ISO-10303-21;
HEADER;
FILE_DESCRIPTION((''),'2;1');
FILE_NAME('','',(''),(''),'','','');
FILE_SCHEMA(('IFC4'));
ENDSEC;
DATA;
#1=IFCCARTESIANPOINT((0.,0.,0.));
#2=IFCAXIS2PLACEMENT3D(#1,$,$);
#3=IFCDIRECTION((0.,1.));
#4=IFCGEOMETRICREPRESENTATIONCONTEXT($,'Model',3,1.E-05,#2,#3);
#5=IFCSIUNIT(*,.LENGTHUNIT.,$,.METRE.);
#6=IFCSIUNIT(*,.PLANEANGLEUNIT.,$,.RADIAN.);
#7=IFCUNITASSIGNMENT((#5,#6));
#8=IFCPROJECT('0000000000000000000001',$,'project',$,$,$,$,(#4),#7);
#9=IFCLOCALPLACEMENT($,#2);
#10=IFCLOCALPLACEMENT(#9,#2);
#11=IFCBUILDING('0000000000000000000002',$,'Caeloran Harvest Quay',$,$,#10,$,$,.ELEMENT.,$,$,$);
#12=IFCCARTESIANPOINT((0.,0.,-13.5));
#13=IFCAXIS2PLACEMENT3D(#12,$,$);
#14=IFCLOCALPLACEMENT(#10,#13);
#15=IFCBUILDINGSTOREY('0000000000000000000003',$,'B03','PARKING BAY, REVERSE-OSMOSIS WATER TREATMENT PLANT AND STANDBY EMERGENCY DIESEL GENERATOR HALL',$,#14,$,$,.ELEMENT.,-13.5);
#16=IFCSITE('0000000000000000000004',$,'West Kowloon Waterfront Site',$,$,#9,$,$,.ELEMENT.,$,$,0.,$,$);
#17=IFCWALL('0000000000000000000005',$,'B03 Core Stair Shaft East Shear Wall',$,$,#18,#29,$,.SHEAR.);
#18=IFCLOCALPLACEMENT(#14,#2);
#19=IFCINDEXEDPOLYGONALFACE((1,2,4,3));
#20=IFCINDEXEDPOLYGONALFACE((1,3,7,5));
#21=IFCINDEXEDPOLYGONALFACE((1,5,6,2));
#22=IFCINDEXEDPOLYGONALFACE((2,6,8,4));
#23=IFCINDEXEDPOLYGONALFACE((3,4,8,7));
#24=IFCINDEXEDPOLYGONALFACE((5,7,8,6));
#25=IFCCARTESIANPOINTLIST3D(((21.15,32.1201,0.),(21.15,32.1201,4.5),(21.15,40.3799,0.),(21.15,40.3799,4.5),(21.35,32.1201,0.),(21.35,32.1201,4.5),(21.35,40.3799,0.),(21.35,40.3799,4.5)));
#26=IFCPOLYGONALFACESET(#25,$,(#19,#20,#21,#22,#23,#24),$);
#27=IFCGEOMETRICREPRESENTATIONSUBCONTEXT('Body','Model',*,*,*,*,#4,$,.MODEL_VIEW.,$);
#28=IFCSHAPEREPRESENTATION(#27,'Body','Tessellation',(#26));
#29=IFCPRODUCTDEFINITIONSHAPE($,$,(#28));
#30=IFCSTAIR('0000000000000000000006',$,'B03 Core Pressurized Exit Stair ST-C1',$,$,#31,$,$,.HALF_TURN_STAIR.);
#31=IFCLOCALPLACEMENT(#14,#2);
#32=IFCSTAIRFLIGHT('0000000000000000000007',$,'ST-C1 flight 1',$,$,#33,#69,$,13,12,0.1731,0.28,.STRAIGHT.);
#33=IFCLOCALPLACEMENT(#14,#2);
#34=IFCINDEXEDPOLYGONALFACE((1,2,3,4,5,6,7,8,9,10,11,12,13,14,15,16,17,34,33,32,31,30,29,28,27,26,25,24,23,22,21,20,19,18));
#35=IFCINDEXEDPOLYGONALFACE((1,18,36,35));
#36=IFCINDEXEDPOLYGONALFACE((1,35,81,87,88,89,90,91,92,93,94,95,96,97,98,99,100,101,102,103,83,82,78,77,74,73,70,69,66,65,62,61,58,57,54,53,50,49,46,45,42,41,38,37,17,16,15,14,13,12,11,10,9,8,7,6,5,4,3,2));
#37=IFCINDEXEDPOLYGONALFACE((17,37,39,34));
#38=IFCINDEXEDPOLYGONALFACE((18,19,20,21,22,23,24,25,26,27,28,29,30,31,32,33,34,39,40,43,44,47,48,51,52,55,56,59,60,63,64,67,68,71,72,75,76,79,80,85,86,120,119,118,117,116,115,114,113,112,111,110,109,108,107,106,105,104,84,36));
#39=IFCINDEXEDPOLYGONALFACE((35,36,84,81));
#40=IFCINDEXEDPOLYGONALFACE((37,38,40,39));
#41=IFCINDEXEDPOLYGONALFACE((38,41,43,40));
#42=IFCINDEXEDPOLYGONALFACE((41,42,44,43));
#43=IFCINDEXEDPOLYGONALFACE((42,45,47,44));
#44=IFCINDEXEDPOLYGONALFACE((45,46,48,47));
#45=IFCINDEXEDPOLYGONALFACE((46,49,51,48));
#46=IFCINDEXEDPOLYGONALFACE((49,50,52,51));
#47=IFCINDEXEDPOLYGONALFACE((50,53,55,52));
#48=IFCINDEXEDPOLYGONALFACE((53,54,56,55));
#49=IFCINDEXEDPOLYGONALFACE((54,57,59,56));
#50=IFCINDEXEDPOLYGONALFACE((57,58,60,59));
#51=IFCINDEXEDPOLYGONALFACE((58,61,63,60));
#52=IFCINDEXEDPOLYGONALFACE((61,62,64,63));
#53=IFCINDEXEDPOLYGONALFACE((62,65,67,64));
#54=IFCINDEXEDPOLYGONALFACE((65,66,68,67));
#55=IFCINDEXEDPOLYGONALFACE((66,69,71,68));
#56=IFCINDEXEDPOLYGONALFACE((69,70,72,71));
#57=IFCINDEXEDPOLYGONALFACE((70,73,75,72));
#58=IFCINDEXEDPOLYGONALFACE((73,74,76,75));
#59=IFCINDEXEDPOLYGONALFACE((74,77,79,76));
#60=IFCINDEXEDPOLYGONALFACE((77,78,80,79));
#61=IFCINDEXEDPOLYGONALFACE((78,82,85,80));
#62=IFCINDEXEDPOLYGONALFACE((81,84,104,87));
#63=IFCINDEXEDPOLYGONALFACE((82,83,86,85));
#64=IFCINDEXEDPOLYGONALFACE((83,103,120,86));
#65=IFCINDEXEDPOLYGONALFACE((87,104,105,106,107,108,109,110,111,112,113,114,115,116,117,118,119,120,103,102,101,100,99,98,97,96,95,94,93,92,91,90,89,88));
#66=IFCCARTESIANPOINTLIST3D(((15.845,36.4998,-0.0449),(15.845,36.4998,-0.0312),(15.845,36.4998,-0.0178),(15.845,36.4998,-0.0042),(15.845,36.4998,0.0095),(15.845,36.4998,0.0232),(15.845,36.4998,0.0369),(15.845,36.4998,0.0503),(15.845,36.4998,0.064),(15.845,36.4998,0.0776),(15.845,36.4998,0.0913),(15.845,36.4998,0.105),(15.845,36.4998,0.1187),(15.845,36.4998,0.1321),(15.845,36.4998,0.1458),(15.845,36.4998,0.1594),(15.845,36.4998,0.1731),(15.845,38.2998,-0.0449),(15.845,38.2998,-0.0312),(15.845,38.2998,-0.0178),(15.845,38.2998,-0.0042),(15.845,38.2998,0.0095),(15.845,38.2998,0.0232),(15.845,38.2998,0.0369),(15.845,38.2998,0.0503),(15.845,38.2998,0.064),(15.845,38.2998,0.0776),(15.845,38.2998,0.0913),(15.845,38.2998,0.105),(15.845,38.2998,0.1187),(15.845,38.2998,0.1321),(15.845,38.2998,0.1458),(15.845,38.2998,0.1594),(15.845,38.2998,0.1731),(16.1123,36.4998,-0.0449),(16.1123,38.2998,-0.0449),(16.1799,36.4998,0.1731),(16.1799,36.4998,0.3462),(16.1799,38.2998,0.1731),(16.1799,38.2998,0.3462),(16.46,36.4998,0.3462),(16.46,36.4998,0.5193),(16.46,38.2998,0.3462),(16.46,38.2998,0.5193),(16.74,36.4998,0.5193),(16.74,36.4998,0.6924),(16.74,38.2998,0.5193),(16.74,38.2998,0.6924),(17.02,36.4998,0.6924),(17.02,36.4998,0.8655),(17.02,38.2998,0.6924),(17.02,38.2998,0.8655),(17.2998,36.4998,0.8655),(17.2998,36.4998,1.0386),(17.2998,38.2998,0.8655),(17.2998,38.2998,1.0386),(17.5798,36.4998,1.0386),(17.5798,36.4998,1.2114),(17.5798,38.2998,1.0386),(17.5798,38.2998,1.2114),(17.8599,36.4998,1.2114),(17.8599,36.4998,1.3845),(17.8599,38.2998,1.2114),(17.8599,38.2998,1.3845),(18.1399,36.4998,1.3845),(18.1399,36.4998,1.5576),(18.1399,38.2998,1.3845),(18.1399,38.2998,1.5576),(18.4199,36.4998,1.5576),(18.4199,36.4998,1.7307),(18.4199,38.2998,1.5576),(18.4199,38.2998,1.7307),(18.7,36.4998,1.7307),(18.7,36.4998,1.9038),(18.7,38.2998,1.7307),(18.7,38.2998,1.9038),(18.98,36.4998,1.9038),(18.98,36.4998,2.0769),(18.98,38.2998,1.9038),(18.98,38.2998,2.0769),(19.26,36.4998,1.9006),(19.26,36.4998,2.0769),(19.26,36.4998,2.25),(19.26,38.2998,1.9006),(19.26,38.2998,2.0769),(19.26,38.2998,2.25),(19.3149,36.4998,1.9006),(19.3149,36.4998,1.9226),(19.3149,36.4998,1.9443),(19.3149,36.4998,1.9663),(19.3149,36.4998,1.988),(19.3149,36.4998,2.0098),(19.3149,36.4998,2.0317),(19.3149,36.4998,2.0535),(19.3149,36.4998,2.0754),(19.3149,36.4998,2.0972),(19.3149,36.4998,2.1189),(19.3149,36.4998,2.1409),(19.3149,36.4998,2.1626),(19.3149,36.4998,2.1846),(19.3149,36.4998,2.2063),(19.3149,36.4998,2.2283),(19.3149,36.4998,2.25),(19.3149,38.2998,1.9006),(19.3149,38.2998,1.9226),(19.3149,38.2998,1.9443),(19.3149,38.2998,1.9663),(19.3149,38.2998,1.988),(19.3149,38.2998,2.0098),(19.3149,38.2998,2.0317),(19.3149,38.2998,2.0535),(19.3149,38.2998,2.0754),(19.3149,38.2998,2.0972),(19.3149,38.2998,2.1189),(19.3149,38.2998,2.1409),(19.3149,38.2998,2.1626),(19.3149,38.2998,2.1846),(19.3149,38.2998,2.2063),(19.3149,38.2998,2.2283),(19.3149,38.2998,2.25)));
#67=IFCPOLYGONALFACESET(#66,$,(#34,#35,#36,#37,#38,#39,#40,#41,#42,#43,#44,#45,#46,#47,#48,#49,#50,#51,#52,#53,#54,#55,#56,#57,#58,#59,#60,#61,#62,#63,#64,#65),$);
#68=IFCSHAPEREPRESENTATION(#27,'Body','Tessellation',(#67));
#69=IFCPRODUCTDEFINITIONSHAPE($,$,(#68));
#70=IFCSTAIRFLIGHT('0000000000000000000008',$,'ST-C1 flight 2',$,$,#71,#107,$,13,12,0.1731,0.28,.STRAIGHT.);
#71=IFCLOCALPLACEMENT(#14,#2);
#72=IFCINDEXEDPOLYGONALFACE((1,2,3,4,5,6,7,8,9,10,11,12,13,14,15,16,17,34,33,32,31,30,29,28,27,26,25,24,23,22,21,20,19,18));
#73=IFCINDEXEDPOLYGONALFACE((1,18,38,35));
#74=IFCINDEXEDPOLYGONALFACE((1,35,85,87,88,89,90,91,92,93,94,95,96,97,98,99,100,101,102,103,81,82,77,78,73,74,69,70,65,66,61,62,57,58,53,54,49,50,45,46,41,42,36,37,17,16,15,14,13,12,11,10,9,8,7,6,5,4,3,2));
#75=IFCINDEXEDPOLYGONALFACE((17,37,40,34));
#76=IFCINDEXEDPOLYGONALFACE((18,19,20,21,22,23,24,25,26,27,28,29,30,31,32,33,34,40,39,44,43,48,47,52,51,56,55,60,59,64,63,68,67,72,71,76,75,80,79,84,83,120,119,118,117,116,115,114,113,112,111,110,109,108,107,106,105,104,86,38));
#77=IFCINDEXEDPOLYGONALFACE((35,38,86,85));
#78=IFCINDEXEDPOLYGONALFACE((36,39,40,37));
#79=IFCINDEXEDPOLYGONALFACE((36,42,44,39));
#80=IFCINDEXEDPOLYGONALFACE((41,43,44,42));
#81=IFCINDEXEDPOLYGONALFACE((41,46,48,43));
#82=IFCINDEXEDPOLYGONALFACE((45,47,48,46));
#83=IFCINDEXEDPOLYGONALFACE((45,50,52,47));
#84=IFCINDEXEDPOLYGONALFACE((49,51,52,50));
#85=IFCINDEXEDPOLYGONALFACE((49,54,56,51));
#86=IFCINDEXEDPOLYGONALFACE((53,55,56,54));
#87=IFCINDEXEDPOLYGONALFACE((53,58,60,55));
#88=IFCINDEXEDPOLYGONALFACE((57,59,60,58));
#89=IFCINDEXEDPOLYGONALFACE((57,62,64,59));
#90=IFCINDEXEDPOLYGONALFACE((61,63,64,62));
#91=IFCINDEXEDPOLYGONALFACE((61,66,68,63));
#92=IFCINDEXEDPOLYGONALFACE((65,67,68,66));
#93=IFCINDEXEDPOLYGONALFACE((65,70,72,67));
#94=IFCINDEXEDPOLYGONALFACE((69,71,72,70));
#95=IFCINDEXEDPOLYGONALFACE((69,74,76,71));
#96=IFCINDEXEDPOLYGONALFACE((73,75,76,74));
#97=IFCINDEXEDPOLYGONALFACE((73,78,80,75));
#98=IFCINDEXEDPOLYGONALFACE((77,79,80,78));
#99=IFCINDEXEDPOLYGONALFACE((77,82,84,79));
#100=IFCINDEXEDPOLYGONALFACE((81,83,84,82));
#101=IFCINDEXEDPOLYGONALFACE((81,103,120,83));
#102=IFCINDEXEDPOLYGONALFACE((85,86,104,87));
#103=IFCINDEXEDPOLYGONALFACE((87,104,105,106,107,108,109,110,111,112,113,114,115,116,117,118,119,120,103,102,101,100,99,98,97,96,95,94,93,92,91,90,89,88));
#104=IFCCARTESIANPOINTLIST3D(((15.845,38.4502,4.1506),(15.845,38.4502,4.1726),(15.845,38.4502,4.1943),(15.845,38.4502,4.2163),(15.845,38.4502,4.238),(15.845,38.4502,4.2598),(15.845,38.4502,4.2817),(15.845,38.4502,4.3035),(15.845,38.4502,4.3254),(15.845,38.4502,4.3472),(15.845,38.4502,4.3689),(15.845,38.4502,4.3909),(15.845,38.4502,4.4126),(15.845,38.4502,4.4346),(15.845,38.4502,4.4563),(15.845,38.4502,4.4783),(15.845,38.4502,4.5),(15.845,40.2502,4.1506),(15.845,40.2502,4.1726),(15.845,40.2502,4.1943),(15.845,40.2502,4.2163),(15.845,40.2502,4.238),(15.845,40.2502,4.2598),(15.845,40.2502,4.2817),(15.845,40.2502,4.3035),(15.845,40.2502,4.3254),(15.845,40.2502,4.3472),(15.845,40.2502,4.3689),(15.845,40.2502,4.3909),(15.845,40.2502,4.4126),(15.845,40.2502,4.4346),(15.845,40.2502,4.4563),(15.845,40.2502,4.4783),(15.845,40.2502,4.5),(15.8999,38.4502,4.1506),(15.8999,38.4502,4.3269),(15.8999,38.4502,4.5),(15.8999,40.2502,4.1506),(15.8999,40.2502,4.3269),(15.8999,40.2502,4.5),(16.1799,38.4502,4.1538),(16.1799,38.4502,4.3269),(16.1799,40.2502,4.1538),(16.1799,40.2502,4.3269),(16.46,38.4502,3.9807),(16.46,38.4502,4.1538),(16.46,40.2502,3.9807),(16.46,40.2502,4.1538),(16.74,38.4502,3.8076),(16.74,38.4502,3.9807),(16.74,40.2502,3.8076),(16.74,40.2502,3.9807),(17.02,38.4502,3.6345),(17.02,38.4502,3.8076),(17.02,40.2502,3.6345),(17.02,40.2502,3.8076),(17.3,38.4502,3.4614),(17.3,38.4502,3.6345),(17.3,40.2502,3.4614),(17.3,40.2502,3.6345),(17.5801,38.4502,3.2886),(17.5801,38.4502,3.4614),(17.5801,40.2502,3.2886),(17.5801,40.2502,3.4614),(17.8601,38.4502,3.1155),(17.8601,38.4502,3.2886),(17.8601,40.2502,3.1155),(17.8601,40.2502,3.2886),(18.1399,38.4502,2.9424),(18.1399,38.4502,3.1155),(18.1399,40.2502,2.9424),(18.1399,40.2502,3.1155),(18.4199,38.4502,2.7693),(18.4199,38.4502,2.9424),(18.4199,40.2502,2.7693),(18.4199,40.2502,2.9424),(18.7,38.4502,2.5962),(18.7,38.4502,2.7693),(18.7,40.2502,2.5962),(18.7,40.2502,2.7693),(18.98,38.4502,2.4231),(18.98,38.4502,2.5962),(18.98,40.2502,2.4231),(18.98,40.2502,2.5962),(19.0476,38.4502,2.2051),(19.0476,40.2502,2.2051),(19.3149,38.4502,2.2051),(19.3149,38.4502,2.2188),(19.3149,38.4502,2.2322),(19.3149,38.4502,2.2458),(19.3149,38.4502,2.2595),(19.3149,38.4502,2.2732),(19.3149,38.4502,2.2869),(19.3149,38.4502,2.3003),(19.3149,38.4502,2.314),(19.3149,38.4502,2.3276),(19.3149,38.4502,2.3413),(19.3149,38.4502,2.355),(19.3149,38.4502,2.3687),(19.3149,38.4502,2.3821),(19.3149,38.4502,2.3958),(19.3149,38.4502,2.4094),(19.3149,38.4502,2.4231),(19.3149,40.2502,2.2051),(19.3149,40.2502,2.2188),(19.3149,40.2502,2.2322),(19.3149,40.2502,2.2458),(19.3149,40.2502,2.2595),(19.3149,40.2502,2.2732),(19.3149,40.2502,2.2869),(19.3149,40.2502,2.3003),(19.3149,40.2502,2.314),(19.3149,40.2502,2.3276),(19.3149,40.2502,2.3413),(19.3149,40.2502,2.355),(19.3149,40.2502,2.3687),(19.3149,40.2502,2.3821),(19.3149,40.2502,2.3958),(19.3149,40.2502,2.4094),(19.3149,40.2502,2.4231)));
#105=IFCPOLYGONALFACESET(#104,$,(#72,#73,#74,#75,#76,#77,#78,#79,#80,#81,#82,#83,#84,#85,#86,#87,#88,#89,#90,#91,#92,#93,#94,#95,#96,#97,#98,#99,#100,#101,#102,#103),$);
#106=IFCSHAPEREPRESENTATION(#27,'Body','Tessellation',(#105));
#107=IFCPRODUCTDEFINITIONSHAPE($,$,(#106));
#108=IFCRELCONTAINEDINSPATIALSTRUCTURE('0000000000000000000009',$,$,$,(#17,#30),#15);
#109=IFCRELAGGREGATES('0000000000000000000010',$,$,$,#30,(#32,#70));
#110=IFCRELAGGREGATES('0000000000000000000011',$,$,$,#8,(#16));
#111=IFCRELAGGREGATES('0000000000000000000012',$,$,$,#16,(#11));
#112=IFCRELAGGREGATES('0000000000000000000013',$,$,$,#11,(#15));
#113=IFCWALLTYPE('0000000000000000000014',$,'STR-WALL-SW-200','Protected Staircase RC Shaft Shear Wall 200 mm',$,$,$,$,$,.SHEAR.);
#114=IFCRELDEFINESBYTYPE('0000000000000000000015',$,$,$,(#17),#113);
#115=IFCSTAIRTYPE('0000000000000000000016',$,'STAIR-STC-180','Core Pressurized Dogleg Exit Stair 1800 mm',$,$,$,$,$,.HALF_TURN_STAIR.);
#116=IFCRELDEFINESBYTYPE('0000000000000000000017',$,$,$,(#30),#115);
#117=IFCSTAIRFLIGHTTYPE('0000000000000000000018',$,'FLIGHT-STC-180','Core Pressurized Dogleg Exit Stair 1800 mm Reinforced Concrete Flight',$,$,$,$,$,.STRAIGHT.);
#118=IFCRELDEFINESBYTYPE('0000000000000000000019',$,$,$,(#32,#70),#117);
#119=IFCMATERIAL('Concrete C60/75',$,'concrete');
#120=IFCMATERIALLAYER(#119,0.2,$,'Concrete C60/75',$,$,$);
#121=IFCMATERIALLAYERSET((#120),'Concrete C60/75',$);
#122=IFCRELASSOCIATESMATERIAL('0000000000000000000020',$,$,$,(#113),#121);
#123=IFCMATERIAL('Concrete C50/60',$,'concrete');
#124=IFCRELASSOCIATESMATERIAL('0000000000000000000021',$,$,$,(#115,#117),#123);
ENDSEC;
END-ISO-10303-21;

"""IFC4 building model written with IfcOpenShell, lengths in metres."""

from ifc_helpers import new_model, si_unit, direction, frame, frame_2d, origin, place, context, subcontext, project, spatial, polyline, rectangle, outline, extrude, material, layer, layer_set, type_object, element, aggregate, save


model = new_model("IFC4")

# Units and contexts
model_context = context("Model", 3, precision=1e-05, world=origin(), true_north=direction((0.0, 1.0)))
body_context = subcontext(model_context, "Body", "Model", "MODEL_VIEW")
ifc_project = project(units=[si_unit("LENGTHUNIT", "METRE"), si_unit("PLANEANGLEUNIT", "RADIAN")], contexts=[model_context])

# Site, building, storey
site_placement = place(None, origin())
site = spatial("IfcSite", under=ifc_project, at=site_placement, Name="West Kowloon Waterfront Site", CompositionType="ELEMENT", RefElevation=0.0)
building_placement = place(site_placement, origin())
building = spatial("IfcBuilding", under=site, at=building_placement, Name="Caeloran Harvest Quay", CompositionType="ELEMENT")
storey_placement = place(building_placement, frame((0.0, 0.0, -13.5)))
storey = spatial("IfcBuildingStorey", under=building, at=storey_placement, Name="B03", Description="PARKING BAY, REVERSE-OSMOSIS WATER TREATMENT PLANT AND STANDBY EMERGENCY DIESEL GENERATOR HALL", CompositionType="ELEMENT", Elevation=-13.5)

# Shared definitions
ifc_material_1 = material(Name="Concrete C50/60", Category="concrete")

# Wall
ifc_material_2 = material(Name="Concrete C60/75", Category="concrete")
ifc_layer_1 = layer(ifc_material_2, 0.2, Name="Concrete C60/75")
ifc_layer_set_1 = layer_set([ifc_layer_1], Name="Concrete C60/75")
wall_type_1 = type_object("IfcWallType", Name="STR-WALL-SW-200", Description="Protected Staircase RC Shaft Shear Wall 200 mm", PredefinedType="SHEAR", material=ifc_layer_set_1)
wall_1_placement = place(storey_placement, frame((21.25, 32.1201, 0.0), z_axis=(0.0, 0.0, 1.0), x_axis=(0.0, 1.0, 0.0)))
element("IfcWall", 1, at=wall_1_placement, inside=storey, type_object=wall_type_1, Name="B03 Core Stair Shaft East Shear Wall", PredefinedType="SHEAR", context=body_context, shape_type="SweptSolid", body=[
    extrude(rectangle(XDim=8.2598, YDim=0.2, at=frame_2d((4.1299, 0.0))), origin(), (0.0, 0.0, 1.0), 4.5),
])

# Stair, stair flights
stair_type = type_object("IfcStairType", Name="STAIR-STC-180", Description="Core Pressurized Dogleg Exit Stair 1800 mm", PredefinedType="HALF_TURN_STAIR", material=ifc_material_1)
stair_1_placement = place(storey_placement, origin())
stair_1 = element("IfcStair", 2, at=stair_1_placement, inside=storey, type_object=stair_type, Name="B03 Core Pressurized Exit Stair ST-C1", PredefinedType="HALF_TURN_STAIR")
stair_flight_type = type_object("IfcStairFlightType", Name="FLIGHT-STC-180", Description="Core Pressurized Dogleg Exit Stair 1800 mm Reinforced Concrete Flight", PredefinedType="STRAIGHT", material=ifc_material_1)
stair_flight_1_placement = place(storey_placement, frame((15.8999, 37.3999, 0.0), z_axis=(0.0, 0.0, 1.0), x_axis=(1.0, 0.0, 0.0)))
stair_flight_1 = element("IfcStairFlight", 3, at=stair_flight_1_placement, type_object=stair_flight_type, Name="ST-C1 flight 1", NumberOfRisers=13, NumberOfTreads=12, PredefinedType="STRAIGHT", RiserHeight=0.1731, TreadLength=0.28, context=body_context, shape_type="SweptSolid", body=[
    extrude(outline(polyline([(-0.0549, -0.0449), (-0.0549, -0.0312), (-0.0549, -0.0178), (-0.0549, -0.0042), (-0.0549, 0.0095), (-0.0549, 0.0232), (-0.0549, 0.0369), (-0.0549, 0.0503), (-0.0549, 0.064), (-0.0549, 0.0776), (-0.0549, 0.0913), (-0.0549, 0.105), (-0.0549, 0.1187), (-0.0549, 0.1321), (-0.0549, 0.1458), (-0.0549, 0.1594), (-0.0549, 0.1731), (0.28, 0.1731), (0.28, 0.3462), (0.5601, 0.3462), (0.5601, 0.5193), (0.8401, 0.5193), (0.8401, 0.6924), (1.1201, 0.6924), (1.1201, 0.8655), (1.3999, 0.8655), (1.3999, 1.0386), (1.6799, 1.0386), (1.6799, 1.2114), (1.96, 1.2114), (1.96, 1.3845), (2.24, 1.3845), (2.24, 1.5576), (2.52, 1.5576), (2.52, 1.7307), (2.8, 1.7307), (2.8, 1.9038), (3.0801, 1.9038), (3.0801, 2.0769), (3.3601, 2.0769), (3.3601, 2.25), (3.415, 2.25), (3.415, 2.2283), (3.415, 2.2063), (3.415, 2.1846), (3.415, 2.1626), (3.415, 2.1409), (3.415, 2.1189), (3.415, 2.0972), (3.415, 2.0754), (3.415, 2.0535), (3.415, 2.0317), (3.415, 2.0098), (3.415, 1.988), (3.415, 1.9663), (3.415, 1.9443), (3.415, 1.9226), (3.415, 1.9006), (3.3601, 1.9006), (0.2124, -0.0449), (-0.0549, -0.0449)])), frame((0.0, 0.8999, 0.0), z_axis=(0.0, -1.0, 0.0), x_axis=(1.0, 0.0, 0.0)), (0.0, 0.0, 1.0), 1.8),
])
stair_flight_2_placement = place(storey_placement, frame((19.26, 39.3501, 2.25), z_axis=(0.0, 0.0, 1.0), x_axis=(-1.0, 0.0, 0.0)))
stair_flight_2 = element("IfcStairFlight", 4, at=stair_flight_2_placement, type_object=stair_flight_type, Name="ST-C1 flight 2", NumberOfRisers=13, NumberOfTreads=12, PredefinedType="STRAIGHT", RiserHeight=0.1731, TreadLength=0.28, context=body_context, shape_type="SweptSolid", body=[
    extrude(outline(polyline([(-0.0549, -0.0449), (-0.0549, -0.0312), (-0.0549, -0.0178), (-0.0549, -0.0042), (-0.0549, 0.0095), (-0.0549, 0.0232), (-0.0549, 0.0369), (-0.0549, 0.0503), (-0.0549, 0.064), (-0.0549, 0.0776), (-0.0549, 0.0913), (-0.0549, 0.105), (-0.0549, 0.1187), (-0.0549, 0.1321), (-0.0549, 0.1458), (-0.0549, 0.1594), (-0.0549, 0.1731), (0.28, 0.1731), (0.28, 0.3462), (0.5601, 0.3462), (0.5601, 0.5193), (0.8401, 0.5193), (0.8401, 0.6924), (1.1201, 0.6924), (1.1201, 0.8655), (1.3999, 0.8655), (1.3999, 1.0386), (1.6799, 1.0386), (1.6799, 1.2114), (1.96, 1.2114), (1.96, 1.3845), (2.24, 1.3845), (2.24, 1.5576), (2.52, 1.5576), (2.52, 1.7307), (2.8, 1.7307), (2.8, 1.9038), (3.0801, 1.9038), (3.0801, 2.0769), (3.3601, 2.0769), (3.3601, 2.25), (3.415, 2.25), (3.415, 2.2283), (3.415, 2.2063), (3.415, 2.1846), (3.415, 2.1626), (3.415, 2.1409), (3.415, 2.1189), (3.415, 2.0972), (3.415, 2.0754), (3.415, 2.0535), (3.415, 2.0317), (3.415, 2.0098), (3.415, 1.988), (3.415, 1.9663), (3.415, 1.9443), (3.415, 1.9226), (3.415, 1.9006), (3.3601, 1.9006), (0.2124, -0.0449), (-0.0549, -0.0449)])), frame((0.0, 0.8999, 0.0), z_axis=(0.0, -1.0, 0.0), x_axis=(1.0, 0.0, 0.0)), (0.0, 0.0, 1.0), 1.8),
])
aggregate(stair_1, [stair_flight_1, stair_flight_2])

save(model, "model.ifc")
